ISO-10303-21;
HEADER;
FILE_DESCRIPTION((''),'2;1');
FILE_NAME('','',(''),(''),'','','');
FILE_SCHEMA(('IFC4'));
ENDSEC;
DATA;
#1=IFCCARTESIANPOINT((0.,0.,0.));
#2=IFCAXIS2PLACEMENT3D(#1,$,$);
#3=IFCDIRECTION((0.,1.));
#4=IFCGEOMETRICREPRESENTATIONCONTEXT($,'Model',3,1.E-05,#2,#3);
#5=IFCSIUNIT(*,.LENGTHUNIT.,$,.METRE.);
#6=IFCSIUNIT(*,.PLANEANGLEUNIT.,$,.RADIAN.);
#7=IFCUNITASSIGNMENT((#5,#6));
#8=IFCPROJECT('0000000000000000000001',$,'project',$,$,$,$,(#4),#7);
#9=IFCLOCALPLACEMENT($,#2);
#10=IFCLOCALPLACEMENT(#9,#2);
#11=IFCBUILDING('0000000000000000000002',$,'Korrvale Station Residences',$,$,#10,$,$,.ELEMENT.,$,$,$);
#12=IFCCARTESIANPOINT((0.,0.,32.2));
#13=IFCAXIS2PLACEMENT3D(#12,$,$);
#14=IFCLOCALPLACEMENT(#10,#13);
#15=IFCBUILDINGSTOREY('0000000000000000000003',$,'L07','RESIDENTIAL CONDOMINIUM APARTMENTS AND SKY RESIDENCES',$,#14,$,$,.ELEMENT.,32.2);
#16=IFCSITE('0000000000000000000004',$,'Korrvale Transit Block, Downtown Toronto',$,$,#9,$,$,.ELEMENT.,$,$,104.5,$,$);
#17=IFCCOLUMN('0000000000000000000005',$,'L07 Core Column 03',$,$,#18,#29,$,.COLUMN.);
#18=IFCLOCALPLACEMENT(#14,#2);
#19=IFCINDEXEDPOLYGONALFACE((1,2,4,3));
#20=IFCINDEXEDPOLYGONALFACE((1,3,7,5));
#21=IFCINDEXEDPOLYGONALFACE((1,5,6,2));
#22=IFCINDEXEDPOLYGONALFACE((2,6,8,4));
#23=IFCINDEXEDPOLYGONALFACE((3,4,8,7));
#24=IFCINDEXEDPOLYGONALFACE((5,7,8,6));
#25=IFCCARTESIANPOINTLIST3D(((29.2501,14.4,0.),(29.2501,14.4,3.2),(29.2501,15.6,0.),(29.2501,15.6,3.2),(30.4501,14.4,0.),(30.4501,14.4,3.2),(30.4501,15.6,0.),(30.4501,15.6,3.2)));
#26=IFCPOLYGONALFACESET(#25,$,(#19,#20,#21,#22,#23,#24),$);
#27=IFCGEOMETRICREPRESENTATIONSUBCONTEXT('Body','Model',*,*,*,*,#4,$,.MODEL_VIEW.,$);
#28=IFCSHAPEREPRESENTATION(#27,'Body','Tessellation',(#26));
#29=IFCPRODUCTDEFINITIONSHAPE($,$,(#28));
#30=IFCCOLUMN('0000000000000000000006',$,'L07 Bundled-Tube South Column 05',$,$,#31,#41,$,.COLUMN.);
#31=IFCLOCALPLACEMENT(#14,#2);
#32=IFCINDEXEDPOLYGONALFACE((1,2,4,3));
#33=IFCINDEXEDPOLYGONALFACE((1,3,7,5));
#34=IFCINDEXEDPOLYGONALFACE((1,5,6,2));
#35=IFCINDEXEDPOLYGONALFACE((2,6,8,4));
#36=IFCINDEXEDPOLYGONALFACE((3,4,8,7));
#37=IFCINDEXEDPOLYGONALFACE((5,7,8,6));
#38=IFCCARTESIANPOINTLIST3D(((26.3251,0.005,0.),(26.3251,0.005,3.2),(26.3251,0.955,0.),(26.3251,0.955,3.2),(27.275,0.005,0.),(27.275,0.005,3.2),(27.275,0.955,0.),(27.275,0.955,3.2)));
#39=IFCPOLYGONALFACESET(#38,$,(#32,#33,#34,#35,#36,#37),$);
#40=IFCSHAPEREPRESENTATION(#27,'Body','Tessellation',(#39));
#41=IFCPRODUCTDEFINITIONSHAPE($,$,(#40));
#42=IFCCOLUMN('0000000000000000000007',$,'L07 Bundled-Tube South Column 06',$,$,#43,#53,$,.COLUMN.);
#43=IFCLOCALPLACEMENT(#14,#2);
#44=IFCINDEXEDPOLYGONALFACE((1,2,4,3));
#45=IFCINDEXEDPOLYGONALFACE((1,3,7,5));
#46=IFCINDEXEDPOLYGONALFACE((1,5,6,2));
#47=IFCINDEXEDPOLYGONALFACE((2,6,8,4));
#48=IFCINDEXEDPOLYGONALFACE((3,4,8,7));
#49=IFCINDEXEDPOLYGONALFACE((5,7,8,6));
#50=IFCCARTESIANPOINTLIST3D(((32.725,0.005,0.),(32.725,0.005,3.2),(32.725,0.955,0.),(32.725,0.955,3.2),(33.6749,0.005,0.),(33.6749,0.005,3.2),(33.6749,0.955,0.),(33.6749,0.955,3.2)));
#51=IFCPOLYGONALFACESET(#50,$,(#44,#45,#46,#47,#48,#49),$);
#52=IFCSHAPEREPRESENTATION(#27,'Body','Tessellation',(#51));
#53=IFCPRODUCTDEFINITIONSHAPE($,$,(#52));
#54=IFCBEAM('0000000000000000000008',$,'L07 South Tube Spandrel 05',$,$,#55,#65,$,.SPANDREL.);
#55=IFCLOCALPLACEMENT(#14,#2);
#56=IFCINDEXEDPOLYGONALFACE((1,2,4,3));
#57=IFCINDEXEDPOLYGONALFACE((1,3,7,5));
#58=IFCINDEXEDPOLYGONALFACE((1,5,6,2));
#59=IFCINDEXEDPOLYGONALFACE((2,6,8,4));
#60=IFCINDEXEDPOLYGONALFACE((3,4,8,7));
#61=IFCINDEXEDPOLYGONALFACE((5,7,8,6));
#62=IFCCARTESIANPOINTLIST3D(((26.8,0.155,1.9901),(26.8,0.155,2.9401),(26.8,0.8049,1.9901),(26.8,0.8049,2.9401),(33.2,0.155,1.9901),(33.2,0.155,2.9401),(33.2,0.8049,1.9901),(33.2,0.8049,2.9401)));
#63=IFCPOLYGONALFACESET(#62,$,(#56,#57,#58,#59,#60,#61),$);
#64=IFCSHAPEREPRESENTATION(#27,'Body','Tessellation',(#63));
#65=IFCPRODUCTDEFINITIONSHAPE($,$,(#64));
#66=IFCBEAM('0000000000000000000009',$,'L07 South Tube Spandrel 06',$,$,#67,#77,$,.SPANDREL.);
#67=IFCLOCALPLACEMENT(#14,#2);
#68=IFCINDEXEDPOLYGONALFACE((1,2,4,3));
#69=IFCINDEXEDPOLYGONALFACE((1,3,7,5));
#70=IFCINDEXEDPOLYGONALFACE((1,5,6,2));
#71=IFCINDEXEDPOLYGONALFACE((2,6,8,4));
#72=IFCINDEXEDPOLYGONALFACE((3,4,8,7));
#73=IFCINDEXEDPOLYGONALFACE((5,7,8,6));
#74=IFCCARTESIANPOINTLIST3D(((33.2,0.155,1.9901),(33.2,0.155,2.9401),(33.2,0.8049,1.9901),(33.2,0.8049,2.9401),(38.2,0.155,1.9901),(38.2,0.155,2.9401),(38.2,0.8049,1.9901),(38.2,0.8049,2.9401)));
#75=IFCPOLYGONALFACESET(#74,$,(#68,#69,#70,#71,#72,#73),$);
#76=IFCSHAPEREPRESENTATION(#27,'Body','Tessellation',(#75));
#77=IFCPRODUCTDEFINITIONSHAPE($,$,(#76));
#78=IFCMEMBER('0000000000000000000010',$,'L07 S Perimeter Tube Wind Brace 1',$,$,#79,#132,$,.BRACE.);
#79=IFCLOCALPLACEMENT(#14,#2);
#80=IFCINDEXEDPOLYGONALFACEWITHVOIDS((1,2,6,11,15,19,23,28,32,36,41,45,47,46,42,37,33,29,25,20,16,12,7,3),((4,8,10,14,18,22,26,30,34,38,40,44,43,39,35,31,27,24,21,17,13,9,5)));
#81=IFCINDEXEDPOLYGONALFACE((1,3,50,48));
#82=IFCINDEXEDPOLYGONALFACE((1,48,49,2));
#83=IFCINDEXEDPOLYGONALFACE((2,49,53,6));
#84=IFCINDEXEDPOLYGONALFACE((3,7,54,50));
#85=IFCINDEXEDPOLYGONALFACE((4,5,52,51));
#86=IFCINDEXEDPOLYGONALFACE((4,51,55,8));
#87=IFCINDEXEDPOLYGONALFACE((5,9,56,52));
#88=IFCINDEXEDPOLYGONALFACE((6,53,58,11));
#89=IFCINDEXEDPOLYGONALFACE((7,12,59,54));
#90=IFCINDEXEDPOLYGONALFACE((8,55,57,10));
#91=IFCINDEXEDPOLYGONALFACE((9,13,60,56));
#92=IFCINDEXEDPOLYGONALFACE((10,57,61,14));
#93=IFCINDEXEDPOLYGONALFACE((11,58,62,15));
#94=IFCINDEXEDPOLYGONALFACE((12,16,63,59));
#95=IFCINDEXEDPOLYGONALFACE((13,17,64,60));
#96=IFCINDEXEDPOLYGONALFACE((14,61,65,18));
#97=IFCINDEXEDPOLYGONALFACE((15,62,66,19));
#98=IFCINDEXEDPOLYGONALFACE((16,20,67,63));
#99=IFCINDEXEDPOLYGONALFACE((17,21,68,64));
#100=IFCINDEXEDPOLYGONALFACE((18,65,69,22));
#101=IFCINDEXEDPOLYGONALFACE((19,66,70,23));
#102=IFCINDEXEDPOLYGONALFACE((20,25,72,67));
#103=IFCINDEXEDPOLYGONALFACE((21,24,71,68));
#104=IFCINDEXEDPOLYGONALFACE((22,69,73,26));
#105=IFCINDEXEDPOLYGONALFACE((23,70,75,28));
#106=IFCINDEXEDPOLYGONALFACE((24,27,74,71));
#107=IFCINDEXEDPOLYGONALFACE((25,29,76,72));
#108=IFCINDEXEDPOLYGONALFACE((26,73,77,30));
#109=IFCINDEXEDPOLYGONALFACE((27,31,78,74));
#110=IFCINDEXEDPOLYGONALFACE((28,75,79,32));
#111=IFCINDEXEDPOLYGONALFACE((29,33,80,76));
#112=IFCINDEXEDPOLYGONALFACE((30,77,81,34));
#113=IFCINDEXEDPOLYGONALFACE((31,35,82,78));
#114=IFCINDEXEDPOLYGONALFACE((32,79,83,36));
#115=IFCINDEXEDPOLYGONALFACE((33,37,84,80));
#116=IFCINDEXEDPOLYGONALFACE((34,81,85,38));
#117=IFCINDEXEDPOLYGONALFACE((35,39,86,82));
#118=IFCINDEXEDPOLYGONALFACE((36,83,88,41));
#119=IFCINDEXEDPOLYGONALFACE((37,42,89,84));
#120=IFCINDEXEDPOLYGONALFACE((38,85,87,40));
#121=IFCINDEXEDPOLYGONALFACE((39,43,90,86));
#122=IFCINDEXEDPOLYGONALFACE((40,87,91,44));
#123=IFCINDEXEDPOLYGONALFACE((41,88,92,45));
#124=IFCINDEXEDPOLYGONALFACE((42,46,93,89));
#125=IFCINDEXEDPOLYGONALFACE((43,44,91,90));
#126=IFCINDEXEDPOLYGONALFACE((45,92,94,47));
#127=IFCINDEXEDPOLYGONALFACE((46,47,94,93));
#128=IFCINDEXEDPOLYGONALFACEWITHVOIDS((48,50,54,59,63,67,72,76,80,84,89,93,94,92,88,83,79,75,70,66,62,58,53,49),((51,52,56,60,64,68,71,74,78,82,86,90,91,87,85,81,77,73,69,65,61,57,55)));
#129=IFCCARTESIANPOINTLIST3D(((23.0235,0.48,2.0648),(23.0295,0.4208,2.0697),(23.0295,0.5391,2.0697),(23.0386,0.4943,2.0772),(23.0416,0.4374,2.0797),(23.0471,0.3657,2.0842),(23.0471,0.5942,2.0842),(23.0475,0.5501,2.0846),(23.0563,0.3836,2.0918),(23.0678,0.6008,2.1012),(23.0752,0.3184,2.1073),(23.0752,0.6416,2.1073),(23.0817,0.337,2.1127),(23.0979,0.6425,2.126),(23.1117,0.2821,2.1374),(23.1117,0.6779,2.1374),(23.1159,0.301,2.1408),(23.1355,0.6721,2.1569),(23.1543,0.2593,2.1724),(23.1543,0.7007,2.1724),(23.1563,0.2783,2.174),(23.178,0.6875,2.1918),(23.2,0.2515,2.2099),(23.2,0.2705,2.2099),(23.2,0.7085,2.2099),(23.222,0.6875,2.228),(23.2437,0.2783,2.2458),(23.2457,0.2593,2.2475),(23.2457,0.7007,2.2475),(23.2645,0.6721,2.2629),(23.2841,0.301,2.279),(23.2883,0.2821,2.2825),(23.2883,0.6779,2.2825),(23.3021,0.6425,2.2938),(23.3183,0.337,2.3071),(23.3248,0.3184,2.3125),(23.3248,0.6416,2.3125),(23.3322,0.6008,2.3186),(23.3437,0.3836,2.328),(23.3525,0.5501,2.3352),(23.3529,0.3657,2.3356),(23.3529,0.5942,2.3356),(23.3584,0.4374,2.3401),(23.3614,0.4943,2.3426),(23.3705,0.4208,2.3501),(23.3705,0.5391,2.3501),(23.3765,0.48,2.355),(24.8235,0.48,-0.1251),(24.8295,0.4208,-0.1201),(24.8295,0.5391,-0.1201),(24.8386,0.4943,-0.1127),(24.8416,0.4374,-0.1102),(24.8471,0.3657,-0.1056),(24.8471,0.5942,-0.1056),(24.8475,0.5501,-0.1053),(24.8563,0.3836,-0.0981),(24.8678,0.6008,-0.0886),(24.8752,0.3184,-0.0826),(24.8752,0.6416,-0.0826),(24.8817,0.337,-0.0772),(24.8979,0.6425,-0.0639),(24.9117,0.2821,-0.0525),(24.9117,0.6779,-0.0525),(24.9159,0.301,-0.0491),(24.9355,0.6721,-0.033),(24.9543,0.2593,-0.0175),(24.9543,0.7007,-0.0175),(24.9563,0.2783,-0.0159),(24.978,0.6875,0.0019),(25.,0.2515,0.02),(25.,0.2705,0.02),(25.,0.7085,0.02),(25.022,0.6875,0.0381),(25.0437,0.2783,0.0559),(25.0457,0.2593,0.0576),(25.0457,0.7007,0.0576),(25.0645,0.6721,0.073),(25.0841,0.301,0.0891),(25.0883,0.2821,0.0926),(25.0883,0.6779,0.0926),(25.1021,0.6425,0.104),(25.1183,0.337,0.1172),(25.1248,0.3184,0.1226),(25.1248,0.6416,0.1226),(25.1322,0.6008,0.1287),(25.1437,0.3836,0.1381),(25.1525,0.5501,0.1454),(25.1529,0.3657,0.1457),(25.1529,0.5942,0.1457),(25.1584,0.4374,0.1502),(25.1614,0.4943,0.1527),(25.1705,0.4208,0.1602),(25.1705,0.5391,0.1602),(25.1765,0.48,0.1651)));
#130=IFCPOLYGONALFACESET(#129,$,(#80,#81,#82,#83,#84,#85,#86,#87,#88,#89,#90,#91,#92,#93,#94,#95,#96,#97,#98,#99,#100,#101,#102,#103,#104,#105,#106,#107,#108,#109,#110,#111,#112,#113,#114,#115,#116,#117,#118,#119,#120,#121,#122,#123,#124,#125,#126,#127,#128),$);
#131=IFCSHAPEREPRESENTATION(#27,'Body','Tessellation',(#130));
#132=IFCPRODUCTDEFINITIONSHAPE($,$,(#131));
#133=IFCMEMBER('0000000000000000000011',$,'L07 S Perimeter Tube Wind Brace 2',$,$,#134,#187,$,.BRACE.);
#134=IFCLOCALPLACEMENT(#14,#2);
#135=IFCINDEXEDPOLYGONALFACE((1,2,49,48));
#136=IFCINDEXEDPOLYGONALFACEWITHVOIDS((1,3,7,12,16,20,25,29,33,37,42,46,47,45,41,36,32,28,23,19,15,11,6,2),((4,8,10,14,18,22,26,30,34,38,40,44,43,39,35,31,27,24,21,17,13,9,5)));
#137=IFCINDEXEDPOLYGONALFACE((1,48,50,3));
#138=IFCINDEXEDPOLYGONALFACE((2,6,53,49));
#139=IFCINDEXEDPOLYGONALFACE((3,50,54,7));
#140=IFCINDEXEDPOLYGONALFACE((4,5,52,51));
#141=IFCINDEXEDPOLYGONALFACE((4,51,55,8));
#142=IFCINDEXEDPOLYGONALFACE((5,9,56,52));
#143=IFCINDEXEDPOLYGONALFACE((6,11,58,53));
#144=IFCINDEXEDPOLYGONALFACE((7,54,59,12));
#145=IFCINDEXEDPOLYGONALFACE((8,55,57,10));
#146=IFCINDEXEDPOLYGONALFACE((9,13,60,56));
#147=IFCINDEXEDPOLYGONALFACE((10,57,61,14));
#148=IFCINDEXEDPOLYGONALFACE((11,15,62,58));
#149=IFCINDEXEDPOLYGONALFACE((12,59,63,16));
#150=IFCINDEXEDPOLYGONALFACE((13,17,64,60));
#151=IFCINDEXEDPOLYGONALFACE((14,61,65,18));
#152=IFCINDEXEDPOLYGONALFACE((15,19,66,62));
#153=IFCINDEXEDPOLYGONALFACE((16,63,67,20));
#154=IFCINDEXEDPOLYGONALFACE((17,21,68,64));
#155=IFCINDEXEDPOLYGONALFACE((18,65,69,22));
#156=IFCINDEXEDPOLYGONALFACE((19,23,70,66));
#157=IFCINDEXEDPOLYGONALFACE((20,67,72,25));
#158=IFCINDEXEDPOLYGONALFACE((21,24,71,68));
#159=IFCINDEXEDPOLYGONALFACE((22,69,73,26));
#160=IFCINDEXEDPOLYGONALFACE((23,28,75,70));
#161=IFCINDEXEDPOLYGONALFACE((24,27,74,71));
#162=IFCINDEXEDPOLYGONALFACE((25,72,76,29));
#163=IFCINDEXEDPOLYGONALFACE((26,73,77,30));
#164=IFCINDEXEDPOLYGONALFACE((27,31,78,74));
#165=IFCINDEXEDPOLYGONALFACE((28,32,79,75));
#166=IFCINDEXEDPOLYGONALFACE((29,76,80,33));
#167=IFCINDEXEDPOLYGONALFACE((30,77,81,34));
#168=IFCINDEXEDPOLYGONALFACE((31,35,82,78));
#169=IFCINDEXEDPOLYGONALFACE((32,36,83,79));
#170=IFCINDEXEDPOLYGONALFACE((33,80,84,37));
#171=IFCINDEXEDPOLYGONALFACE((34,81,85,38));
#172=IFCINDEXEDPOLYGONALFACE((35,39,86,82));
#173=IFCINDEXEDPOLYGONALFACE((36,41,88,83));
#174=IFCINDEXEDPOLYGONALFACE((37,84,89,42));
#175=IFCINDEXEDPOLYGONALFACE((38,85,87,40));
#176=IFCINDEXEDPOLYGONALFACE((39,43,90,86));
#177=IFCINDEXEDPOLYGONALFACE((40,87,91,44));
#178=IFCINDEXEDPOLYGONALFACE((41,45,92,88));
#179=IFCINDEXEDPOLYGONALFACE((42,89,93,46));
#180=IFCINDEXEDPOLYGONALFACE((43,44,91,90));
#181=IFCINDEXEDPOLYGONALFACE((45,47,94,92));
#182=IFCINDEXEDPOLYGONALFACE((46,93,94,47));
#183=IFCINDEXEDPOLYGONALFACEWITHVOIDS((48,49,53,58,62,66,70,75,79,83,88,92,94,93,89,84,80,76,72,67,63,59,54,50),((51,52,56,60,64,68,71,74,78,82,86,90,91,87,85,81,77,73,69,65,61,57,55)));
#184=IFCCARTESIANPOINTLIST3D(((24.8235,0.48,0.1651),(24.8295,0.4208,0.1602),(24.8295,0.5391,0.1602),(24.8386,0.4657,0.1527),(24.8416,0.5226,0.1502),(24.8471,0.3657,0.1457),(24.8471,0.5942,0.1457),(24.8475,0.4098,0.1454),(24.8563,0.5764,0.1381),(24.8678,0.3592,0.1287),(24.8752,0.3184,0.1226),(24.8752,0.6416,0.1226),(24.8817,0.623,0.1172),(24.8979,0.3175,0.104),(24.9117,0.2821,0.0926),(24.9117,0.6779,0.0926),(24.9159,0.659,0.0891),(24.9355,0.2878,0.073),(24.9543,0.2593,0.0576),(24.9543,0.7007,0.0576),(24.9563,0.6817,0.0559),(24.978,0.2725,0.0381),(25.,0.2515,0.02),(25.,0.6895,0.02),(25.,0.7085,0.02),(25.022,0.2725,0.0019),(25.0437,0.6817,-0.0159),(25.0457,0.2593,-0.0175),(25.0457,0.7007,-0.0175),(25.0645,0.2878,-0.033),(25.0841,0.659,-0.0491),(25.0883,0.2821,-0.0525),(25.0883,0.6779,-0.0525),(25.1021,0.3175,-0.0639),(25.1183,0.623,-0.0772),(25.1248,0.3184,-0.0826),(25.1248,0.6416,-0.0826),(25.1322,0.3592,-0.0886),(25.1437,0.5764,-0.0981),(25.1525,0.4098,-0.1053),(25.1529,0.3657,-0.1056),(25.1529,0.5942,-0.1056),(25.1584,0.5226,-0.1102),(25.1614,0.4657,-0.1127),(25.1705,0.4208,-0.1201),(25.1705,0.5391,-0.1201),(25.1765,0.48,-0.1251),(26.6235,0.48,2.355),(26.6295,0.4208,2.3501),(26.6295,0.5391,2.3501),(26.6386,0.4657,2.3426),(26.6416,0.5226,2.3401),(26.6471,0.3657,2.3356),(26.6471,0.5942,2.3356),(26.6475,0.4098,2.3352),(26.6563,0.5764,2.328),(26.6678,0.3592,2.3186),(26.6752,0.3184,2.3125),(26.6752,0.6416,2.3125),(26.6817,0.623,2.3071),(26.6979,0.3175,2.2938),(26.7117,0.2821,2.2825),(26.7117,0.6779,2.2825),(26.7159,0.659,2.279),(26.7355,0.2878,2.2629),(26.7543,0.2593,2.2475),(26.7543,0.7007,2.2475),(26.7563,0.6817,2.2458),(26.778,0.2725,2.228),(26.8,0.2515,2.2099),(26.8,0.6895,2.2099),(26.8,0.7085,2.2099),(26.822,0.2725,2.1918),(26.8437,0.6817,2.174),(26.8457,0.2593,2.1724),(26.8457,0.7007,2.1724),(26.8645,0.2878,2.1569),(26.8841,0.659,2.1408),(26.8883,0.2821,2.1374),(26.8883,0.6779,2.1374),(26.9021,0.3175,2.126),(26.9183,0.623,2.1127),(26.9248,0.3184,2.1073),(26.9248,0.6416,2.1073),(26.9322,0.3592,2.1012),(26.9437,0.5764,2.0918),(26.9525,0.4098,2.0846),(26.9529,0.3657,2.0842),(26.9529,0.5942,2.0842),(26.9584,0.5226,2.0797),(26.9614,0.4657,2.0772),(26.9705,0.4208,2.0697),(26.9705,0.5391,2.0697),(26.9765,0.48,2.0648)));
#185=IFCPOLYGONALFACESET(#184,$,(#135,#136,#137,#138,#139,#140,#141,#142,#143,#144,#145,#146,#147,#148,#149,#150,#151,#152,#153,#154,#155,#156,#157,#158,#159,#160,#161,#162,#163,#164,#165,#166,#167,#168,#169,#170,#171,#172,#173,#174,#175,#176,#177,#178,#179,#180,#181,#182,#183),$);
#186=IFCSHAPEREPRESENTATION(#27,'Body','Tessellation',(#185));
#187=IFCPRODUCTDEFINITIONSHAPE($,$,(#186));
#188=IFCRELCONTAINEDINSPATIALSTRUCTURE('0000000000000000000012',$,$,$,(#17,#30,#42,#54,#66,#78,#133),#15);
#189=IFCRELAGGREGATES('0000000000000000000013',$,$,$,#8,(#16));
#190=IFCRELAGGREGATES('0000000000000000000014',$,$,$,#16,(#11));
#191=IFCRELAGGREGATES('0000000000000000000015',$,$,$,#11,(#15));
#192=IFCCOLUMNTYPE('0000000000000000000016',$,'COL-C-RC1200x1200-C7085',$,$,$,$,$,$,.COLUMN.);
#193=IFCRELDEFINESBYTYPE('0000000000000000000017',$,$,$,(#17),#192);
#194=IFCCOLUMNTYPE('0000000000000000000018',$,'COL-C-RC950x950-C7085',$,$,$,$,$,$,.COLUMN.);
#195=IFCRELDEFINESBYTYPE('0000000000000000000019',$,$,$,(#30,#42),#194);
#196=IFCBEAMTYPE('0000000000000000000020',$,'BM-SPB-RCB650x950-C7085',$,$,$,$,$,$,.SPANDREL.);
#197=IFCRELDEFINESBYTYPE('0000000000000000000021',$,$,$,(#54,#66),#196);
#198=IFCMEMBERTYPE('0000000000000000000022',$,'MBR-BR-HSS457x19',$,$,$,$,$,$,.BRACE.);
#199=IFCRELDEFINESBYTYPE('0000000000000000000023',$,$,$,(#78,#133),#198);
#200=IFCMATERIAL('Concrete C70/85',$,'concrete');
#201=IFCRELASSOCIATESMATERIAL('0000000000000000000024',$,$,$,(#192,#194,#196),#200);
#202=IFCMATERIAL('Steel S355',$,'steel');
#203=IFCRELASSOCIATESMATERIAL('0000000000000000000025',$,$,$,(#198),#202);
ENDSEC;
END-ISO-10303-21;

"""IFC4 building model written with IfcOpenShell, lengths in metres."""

from ifc_helpers import new_model, si_unit, direction, frame, origin, origin_2d, place, context, subcontext, project, spatial, rectangle, hollow_circle, extrude, material, material_profile, profile_set, type_object, element, save


model = new_model("IFC4")

# Units and contexts
model_context = context("Model", 3, precision=1e-05, world=origin(), true_north=direction((0.0, 1.0)))
body_context = subcontext(model_context, "Body", "Model", "MODEL_VIEW")
ifc_project = project(units=[si_unit("LENGTHUNIT", "METRE"), si_unit("PLANEANGLEUNIT", "RADIAN")], contexts=[model_context])

# Site, building, storey
site_placement = place(None, origin())
site = spatial("IfcSite", under=ifc_project, at=site_placement, Name="Korrvale Transit Block, Downtown Toronto", CompositionType="ELEMENT", RefElevation=104.5)
building_placement = place(site_placement, origin())
building = spatial("IfcBuilding", under=site, at=building_placement, Name="Korrvale Station Residences", CompositionType="ELEMENT")
storey_placement = place(building_placement, frame((0.0, 0.0, 32.2)))
storey = spatial("IfcBuildingStorey", under=building, at=storey_placement, Name="L07", Description="RESIDENTIAL CONDOMINIUM APARTMENTS AND SKY RESIDENCES", CompositionType="ELEMENT", Elevation=32.2)

# Columns
ifc_material_1 = material(Name="Concrete C70/85", Category="concrete")
ifc_material_profile_1 = material_profile(ifc_material_1, rectangle(XDim=1.2, YDim=1.2, at=origin_2d()), Name="RC1200x1200")
ifc_profile_set_1 = profile_set([ifc_material_profile_1], Name="Concrete C70/85")
column_type_1 = type_object("IfcColumnType", Name="COL-C-RC1200x1200-C7085", PredefinedType="COLUMN", material=ifc_profile_set_1)
column_placement = place(storey_placement, frame((29.8501, 15.0, 0.0), z_axis=(0.0, 0.0, 1.0), x_axis=(1.0, 0.0, 0.0)))
element("IfcColumn", 1, at=column_placement, inside=storey, type_object=column_type_1, Name="L07 Core Column 03", PredefinedType="COLUMN", context=body_context, shape_type="SweptSolid", body=[
    extrude(rectangle(XDim=1.2, YDim=1.2, at=origin_2d()), origin(), (0.0, 0.0, 1.0), 3.2),
])
ifc_material_profile_2 = material_profile(ifc_material_1, rectangle(XDim=0.95, YDim=0.95, at=origin_2d()), Name="RC950x950")
ifc_profile_set_2 = profile_set([ifc_material_profile_2], Name="Concrete C70/85")
column_type_2 = type_object("IfcColumnType", Name="COL-C-RC950x950-C7085", PredefinedType="COLUMN", material=ifc_profile_set_2)
for number, where, z_axis, x_axis, name in (
    (2, (26.8, 0.48, 0.0), (0.0, 0.0, 1.0), (1.0, 0.0, 0.0), "L07 Bundled-Tube South Column 05"),
    (3, (33.2, 0.48, 0.0), (0.0, 0.0, 1.0), (1.0, 0.0, 0.0), "L07 Bundled-Tube South Column 06"),
):
    element("IfcColumn", number, at=place(storey_placement, frame(where, z_axis=z_axis, x_axis=x_axis)), inside=storey, type_object=column_type_2, Name=name, PredefinedType="COLUMN", context=body_context, shape_type="SweptSolid", body=[
        extrude(rectangle(XDim=0.95, YDim=0.95, at=origin_2d()), origin(), (0.0, 0.0, 1.0), 3.2),
    ])

# Beams
ifc_material_profile_3 = material_profile(ifc_material_1, rectangle(XDim=0.6499, YDim=0.95, at=origin_2d()), Name="RCB650x950")
ifc_profile_set_3 = profile_set([ifc_material_profile_3], Name="Concrete C70/85")
beam_type = type_object("IfcBeamType", Name="BM-SPB-RCB650x950-C7085", PredefinedType="SPANDREL", material=ifc_profile_set_3)
beam_1_placement = place(storey_placement, frame((26.8, 0.48, 2.4651), z_axis=(1.0, 0.0, 0.0), x_axis=(0.0, 1.0, 0.0)))
element("IfcBeam", 4, at=beam_1_placement, inside=storey, type_object=beam_type, Name="L07 South Tube Spandrel 05", PredefinedType="SPANDREL", context=body_context, shape_type="SweptSolid", body=[
    extrude(rectangle(XDim=0.6499, YDim=0.95, at=origin_2d()), origin(), (0.0, 0.0, 1.0), 6.3999),
])
beam_2_placement = place(storey_placement, frame((33.2, 0.48, 2.4651), z_axis=(1.0, 0.0, 0.0), x_axis=(0.0, 1.0, 0.0)))
element("IfcBeam", 5, at=beam_2_placement, inside=storey, type_object=beam_type, Name="L07 South Tube Spandrel 06", PredefinedType="SPANDREL", context=body_context, shape_type="SweptSolid", body=[
    extrude(rectangle(XDim=0.6499, YDim=0.95, at=origin_2d()), origin(), (0.0, 0.0, 1.0), 5.0),
])

# Members
ifc_material_2 = material(Name="Steel S355", Category="steel")
ifc_material_profile_4 = material_profile(ifc_material_2, hollow_circle(Radius=0.2285, WallThickness=0.019, at=origin_2d()), Name="HSS457x19")
ifc_profile_set_4 = profile_set([ifc_material_profile_4], Name="Steel S355")
member_type = type_object("IfcMemberType", Name="MBR-BR-HSS457x19", PredefinedType="BRACE", material=ifc_profile_set_4)
for number, where, z_axis, x_axis, name in (
    (6, (25.0, 0.48, 0.02), (-0.634985, 0.0, 0.772524), (0.0, -1.0, 0.0), "L07 S Perimeter Tube Wind Brace 1"),
    (7, (25.0, 0.48, 0.02), (0.634985, 0.0, 0.772524), (0.0, 1.0, 0.0), "L07 S Perimeter Tube Wind Brace 2"),
):
    element("IfcMember", number, at=place(storey_placement, frame(where, z_axis=z_axis, x_axis=x_axis)), inside=storey, type_object=member_type, Name=name, PredefinedType="BRACE", context=body_context, shape_type="SweptSolid", body=[
        extrude(hollow_circle(Radius=0.2285, WallThickness=0.019, at=origin_2d()), origin(), (0.0, 0.0, 1.0), 2.8347),
    ])

save(model, "model.ifc")
